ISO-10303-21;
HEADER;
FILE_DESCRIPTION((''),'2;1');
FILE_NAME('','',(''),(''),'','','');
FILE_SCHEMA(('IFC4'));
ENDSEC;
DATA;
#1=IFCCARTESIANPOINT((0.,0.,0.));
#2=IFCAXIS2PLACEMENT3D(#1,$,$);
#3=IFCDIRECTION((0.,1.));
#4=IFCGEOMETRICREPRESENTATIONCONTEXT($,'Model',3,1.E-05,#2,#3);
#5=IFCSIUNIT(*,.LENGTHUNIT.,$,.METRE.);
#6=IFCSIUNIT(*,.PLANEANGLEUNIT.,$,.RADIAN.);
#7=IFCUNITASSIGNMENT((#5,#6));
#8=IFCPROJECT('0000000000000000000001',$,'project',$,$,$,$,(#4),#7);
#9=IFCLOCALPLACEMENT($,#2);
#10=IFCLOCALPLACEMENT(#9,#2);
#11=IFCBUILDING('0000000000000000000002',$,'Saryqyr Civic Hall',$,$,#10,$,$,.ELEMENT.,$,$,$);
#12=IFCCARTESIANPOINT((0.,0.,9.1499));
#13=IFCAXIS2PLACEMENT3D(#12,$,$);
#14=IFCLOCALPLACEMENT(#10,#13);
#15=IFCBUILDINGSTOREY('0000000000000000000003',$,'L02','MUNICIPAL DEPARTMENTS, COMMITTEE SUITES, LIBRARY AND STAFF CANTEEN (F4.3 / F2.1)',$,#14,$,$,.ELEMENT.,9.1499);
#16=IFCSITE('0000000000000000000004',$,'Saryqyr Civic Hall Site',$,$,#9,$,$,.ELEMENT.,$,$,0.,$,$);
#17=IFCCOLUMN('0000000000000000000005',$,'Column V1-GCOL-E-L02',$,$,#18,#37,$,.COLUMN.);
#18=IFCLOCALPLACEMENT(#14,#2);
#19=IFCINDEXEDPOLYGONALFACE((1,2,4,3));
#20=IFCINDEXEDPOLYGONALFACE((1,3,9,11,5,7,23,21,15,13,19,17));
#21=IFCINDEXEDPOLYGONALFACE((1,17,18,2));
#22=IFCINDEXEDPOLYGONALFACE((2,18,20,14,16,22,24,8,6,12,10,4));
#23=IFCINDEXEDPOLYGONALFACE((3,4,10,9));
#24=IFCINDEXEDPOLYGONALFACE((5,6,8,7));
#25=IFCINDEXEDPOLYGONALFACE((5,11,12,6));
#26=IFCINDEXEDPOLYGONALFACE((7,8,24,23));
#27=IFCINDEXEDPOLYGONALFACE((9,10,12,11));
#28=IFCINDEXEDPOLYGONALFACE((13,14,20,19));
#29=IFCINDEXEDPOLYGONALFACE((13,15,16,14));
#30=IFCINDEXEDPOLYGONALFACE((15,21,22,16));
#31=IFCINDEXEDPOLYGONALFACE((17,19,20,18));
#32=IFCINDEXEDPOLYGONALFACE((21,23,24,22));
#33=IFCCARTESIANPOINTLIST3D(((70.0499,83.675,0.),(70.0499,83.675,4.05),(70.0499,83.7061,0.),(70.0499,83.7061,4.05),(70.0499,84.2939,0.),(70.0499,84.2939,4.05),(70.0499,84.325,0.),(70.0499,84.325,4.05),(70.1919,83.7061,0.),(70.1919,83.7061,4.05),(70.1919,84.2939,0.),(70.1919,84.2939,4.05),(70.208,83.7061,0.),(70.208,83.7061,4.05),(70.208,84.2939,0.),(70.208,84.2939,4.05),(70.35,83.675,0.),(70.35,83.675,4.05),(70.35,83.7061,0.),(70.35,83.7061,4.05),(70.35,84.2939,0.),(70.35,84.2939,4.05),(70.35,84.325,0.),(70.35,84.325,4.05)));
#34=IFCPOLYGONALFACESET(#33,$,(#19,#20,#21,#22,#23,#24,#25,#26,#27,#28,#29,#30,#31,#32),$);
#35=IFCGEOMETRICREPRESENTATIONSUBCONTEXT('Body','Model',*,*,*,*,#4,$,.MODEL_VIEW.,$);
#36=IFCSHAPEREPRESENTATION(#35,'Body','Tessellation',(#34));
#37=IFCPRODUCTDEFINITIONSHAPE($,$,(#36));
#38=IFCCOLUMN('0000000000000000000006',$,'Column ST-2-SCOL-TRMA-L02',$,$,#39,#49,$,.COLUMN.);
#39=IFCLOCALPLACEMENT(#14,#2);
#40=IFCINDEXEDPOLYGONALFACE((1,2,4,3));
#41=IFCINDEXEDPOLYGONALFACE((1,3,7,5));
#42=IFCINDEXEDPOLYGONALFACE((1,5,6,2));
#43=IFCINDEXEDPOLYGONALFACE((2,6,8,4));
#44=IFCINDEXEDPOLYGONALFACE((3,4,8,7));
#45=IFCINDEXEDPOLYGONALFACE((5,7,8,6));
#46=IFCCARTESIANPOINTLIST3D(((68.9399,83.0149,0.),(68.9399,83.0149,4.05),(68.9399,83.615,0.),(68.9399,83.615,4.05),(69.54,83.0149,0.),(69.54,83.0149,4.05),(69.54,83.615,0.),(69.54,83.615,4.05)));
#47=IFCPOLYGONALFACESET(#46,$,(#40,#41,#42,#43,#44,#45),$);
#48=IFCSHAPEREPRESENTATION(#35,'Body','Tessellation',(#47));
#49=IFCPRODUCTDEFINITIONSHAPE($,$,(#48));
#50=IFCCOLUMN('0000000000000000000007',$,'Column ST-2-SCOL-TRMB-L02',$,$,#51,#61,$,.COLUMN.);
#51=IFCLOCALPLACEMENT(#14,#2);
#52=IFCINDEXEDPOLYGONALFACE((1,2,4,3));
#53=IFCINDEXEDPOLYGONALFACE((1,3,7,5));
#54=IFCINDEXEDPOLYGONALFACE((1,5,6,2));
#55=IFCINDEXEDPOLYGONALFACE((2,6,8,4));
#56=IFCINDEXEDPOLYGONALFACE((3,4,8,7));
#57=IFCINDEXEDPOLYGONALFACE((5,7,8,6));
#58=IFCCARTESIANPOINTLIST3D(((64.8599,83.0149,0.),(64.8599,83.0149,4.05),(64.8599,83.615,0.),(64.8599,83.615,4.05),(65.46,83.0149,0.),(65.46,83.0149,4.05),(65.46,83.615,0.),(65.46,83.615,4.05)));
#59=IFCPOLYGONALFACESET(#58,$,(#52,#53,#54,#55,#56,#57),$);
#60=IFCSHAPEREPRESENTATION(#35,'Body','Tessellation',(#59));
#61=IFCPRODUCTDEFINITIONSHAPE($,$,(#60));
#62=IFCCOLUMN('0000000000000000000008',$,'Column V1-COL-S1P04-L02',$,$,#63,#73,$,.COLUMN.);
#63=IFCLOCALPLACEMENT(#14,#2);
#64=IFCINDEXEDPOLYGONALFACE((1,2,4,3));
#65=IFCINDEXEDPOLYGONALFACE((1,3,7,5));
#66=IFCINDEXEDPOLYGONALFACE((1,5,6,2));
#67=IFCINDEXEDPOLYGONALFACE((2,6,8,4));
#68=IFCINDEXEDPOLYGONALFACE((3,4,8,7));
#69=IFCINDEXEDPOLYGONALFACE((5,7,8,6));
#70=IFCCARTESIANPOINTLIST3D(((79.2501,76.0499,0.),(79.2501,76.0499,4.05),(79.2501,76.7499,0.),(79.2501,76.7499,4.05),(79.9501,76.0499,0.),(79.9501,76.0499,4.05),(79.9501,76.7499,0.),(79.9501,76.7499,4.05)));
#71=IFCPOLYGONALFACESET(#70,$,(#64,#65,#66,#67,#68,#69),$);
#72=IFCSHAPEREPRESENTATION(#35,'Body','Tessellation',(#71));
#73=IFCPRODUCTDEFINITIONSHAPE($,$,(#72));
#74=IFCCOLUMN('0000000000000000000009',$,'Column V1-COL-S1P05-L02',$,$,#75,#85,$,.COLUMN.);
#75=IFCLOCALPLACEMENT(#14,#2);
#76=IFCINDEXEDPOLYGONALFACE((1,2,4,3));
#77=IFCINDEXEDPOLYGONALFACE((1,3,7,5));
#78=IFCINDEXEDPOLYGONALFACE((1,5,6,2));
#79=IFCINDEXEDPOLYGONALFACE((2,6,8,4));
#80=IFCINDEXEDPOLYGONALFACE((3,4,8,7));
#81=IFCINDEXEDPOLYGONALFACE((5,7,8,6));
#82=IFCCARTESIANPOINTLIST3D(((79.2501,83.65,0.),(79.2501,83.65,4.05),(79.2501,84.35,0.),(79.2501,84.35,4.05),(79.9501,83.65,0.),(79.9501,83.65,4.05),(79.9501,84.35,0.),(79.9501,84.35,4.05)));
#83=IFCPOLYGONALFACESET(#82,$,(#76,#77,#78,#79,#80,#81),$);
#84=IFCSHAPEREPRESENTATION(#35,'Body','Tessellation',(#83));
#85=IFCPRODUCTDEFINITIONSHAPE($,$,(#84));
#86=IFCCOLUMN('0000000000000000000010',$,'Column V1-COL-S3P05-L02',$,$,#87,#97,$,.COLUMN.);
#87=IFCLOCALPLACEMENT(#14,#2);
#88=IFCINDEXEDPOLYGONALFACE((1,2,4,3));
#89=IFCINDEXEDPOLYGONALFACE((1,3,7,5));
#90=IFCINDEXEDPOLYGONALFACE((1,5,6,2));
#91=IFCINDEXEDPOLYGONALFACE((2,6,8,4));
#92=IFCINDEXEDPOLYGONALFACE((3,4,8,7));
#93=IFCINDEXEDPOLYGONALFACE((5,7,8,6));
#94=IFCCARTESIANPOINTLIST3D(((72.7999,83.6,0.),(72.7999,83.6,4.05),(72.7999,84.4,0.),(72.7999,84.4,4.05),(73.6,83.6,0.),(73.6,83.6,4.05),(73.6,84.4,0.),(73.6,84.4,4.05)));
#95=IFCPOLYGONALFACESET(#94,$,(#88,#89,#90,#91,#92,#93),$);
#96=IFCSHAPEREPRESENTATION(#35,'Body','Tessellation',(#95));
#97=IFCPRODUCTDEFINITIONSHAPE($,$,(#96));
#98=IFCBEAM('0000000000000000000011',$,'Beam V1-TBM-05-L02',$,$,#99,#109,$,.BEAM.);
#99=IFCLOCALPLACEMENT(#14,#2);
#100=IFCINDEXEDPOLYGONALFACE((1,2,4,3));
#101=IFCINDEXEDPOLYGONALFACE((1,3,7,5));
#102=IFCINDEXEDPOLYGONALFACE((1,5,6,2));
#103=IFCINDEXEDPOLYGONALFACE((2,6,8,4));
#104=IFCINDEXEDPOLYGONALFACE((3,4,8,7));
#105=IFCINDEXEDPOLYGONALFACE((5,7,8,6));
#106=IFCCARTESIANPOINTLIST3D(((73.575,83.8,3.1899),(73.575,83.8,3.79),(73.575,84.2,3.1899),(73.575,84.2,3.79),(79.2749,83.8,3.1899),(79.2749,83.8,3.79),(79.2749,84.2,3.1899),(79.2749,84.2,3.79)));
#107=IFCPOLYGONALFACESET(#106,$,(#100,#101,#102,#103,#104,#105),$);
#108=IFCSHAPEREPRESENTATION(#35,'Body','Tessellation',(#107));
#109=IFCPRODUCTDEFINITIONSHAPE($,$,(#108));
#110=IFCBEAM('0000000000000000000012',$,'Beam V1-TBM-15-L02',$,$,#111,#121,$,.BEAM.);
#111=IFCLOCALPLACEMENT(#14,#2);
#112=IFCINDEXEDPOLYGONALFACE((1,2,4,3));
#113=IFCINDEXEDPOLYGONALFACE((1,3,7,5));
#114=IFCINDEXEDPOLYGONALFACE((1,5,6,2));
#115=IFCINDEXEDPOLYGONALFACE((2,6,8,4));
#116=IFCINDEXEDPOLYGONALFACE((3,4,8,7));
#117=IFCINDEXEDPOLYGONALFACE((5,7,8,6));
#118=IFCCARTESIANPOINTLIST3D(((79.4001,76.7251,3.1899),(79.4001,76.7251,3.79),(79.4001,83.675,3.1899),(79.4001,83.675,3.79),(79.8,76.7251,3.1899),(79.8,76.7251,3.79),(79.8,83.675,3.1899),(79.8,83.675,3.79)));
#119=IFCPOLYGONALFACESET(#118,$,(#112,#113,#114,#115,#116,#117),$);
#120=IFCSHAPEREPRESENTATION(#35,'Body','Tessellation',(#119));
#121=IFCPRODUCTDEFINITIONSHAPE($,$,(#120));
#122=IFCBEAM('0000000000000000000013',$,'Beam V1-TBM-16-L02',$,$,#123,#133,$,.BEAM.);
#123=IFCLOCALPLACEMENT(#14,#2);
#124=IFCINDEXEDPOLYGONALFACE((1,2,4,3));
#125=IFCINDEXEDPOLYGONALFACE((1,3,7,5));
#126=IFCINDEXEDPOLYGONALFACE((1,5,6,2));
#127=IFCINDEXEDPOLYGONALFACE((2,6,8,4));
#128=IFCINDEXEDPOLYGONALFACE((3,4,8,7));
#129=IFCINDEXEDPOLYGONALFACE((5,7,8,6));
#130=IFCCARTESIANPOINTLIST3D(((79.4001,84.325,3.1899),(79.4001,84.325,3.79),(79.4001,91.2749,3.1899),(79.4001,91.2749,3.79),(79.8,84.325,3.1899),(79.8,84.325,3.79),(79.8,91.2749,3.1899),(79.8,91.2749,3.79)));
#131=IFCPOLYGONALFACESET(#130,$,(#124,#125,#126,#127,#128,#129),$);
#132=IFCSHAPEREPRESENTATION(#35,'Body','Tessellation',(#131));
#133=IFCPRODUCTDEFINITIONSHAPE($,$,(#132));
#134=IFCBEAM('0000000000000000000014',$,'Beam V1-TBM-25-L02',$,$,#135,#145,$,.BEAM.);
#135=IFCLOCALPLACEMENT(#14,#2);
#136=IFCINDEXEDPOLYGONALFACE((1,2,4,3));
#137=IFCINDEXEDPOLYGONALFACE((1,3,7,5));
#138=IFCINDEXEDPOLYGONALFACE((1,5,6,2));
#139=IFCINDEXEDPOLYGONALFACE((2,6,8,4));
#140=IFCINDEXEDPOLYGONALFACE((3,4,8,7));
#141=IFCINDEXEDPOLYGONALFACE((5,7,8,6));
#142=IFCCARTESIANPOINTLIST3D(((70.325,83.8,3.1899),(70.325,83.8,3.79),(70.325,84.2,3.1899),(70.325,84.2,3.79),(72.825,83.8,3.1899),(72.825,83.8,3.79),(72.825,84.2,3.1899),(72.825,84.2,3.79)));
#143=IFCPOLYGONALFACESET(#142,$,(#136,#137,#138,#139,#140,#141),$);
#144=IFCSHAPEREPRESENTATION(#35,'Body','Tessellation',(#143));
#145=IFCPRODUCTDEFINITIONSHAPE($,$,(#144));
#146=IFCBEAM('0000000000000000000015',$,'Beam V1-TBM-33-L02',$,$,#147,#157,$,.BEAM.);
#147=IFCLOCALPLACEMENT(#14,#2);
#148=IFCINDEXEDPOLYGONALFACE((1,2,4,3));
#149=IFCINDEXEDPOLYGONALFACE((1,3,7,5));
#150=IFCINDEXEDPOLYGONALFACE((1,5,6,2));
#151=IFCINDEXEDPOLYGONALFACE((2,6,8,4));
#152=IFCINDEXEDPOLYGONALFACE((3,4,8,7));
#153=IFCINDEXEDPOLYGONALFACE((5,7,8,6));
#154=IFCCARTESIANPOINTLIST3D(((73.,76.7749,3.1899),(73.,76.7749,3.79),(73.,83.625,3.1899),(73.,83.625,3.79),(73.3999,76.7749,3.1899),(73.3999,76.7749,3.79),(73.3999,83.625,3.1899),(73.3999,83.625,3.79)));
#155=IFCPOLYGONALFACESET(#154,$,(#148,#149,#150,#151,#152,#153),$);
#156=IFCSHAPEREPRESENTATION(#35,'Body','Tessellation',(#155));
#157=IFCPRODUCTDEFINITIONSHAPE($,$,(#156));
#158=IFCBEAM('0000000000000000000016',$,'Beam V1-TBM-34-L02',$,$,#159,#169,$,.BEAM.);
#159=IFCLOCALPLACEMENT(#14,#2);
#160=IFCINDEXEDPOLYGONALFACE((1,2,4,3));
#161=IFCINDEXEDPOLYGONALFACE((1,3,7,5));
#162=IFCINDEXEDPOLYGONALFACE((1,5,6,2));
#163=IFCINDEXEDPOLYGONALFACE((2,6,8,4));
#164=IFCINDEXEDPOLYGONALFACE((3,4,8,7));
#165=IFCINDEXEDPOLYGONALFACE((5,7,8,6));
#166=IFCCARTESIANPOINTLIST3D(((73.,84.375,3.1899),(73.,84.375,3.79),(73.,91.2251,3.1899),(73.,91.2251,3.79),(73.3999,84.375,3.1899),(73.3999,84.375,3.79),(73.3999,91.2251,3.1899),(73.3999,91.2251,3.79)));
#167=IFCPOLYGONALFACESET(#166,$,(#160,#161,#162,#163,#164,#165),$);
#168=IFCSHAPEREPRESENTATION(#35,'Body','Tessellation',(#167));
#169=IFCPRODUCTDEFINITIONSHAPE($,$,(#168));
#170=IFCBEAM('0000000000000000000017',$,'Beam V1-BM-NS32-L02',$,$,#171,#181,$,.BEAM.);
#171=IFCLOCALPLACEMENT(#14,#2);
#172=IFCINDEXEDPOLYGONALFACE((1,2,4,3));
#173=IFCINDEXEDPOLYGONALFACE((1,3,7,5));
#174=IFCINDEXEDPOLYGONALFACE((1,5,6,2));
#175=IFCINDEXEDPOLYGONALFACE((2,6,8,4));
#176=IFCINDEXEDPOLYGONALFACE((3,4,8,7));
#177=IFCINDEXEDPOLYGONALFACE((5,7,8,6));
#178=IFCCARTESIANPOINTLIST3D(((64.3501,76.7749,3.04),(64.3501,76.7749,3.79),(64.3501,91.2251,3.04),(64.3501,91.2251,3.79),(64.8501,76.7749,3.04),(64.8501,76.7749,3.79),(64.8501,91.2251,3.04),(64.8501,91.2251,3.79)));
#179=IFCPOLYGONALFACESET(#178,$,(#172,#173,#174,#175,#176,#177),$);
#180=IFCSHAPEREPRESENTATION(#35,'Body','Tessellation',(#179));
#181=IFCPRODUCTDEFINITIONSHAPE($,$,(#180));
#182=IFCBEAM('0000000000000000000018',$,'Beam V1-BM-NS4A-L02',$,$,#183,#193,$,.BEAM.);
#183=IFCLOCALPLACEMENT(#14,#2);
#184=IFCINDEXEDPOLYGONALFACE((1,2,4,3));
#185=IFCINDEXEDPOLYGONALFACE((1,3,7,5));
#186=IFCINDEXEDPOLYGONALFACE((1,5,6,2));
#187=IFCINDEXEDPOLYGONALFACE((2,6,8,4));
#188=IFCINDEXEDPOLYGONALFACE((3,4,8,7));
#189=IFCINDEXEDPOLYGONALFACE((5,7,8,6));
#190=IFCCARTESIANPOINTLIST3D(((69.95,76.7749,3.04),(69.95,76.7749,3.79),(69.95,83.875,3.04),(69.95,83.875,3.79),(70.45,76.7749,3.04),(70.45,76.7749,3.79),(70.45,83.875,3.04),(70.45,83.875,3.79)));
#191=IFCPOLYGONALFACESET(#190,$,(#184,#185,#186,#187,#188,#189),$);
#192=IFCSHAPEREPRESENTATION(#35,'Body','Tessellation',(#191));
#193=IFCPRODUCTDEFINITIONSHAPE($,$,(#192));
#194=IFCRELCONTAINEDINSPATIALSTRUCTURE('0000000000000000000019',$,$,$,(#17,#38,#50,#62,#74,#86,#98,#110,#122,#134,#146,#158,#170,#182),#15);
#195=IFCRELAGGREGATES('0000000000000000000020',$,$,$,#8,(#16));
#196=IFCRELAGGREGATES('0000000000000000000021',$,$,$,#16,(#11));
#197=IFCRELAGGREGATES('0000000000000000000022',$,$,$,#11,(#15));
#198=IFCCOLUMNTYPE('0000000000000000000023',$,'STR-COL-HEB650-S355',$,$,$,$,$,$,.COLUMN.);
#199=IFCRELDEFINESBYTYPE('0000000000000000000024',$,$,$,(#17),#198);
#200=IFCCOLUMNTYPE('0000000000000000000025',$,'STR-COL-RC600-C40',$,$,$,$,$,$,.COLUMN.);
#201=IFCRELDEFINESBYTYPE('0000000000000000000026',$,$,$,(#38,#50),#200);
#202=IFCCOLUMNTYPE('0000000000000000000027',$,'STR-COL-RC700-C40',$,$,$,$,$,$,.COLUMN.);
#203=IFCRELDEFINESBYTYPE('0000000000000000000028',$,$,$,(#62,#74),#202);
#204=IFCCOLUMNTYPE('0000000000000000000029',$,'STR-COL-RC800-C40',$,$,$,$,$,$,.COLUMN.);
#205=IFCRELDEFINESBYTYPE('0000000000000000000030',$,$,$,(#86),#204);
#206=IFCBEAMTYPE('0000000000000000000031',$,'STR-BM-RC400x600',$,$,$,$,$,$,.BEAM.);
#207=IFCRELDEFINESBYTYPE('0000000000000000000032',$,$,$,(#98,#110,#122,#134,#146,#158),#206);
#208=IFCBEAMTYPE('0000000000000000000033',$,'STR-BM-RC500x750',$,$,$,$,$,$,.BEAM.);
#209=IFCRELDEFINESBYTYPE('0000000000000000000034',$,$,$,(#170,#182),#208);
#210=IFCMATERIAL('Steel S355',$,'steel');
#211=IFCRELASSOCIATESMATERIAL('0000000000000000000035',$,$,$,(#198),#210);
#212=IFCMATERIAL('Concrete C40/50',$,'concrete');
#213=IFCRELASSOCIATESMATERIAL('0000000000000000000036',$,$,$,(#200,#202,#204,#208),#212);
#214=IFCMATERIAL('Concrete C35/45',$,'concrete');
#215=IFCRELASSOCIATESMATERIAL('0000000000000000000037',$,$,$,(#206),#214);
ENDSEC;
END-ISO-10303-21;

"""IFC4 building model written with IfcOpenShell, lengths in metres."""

from ifc_helpers import new_model, si_unit, direction, frame, origin, origin_2d, place, context, subcontext, project, spatial, rectangle, i_section, extrude, material, material_profile, profile_set, type_object, element, save


model = new_model("IFC4")

# Units and contexts
model_context = context("Model", 3, precision=1e-05, world=origin(), true_north=direction((0.0, 1.0)))
body_context = subcontext(model_context, "Body", "Model", "MODEL_VIEW")
ifc_project = project(units=[si_unit("LENGTHUNIT", "METRE"), si_unit("PLANEANGLEUNIT", "RADIAN")], contexts=[model_context])

# Site, building, storey
site_placement = place(None, origin())
site = spatial("IfcSite", under=ifc_project, at=site_placement, Name="Saryqyr Civic Hall Site", CompositionType="ELEMENT", RefElevation=0.0)
building_placement = place(site_placement, origin())
building = spatial("IfcBuilding", under=site, at=building_placement, Name="Saryqyr Civic Hall", CompositionType="ELEMENT")
storey_placement = place(building_placement, frame((0.0, 0.0, 9.1499)))
storey = spatial("IfcBuildingStorey", under=building, at=storey_placement, Name="L02", Description="MUNICIPAL DEPARTMENTS, COMMITTEE SUITES, LIBRARY AND STAFF CANTEEN (F4.3 / F2.1)", CompositionType="ELEMENT", Elevation=9.1499)

# Columns
ifc_material_1 = material(Name="Steel S355", Category="steel")
ifc_material_profile_1 = material_profile(ifc_material_1, i_section(OverallWidth=0.3, OverallDepth=0.6499, WebThickness=0.0161, FlangeThickness=0.031, at=origin_2d()), Name="HEB 650")
ifc_profile_set_1 = profile_set([ifc_material_profile_1], Name="Steel S355")
column_type_1 = type_object("IfcColumnType", Name="STR-COL-HEB650-S355", PredefinedType="COLUMN", material=ifc_profile_set_1)
column_1_placement = place(storey_placement, frame((70.2, 84.0, 0.0), z_axis=(0.0, 0.0, 1.0), x_axis=(1.0, 0.0, 0.0)))
element("IfcColumn", 1, at=column_1_placement, inside=storey, type_object=column_type_1, Name="Column V1-GCOL-E-L02", PredefinedType="COLUMN", context=body_context, shape_type="SweptSolid", body=[
    extrude(i_section(OverallWidth=0.3, OverallDepth=0.6499, WebThickness=0.0161, FlangeThickness=0.031, at=origin_2d()), origin(), (0.0, 0.0, 1.0), 4.05),
])
ifc_material_2 = material(Name="Concrete C40/50", Category="concrete")
ifc_material_profile_2 = material_profile(ifc_material_2, rectangle(XDim=0.6001, YDim=0.6001, at=origin_2d()), Name="RC 600x600")
ifc_profile_set_2 = profile_set([ifc_material_profile_2], Name="Concrete C40/50")
column_type_2 = type_object("IfcColumnType", Name="STR-COL-RC600-C40", PredefinedType="COLUMN", material=ifc_profile_set_2)
for number, where, z_axis, x_axis, name in (
    (2, (69.24, 83.3149, 0.0), (0.0, 0.0, 1.0), (1.0, 0.0, 0.0), "Column ST-2-SCOL-TRMA-L02"),
    (3, (65.1599, 83.3149, 0.0), (0.0, 0.0, 1.0), (1.0, 0.0, 0.0), "Column ST-2-SCOL-TRMB-L02"),
):
    element("IfcColumn", number, at=place(storey_placement, frame(where, z_axis=z_axis, x_axis=x_axis)), inside=storey, type_object=column_type_2, Name=name, PredefinedType="COLUMN", context=body_context, shape_type="SweptSolid", body=[
        extrude(rectangle(XDim=0.6001, YDim=0.6001, at=origin_2d()), origin(), (0.0, 0.0, 1.0), 4.05),
    ])
ifc_material_profile_3 = material_profile(ifc_material_2, rectangle(XDim=0.7, YDim=0.7, at=origin_2d()), Name="RC 700x700")
ifc_profile_set_3 = profile_set([ifc_material_profile_3], Name="Concrete C40/50")
column_type_3 = type_object("IfcColumnType", Name="STR-COL-RC700-C40", PredefinedType="COLUMN", material=ifc_profile_set_3)
for number, where, z_axis, x_axis, name in (
    (4, (79.6001, 76.3999, 0.0), (0.0, 0.0, 1.0), (1.0, 0.0, 0.0), "Column V1-COL-S1P04-L02"),
    (5, (79.6001, 84.0, 0.0), (0.0, 0.0, 1.0), (1.0, 0.0, 0.0), "Column V1-COL-S1P05-L02"),
):
    element("IfcColumn", number, at=place(storey_placement, frame(where, z_axis=z_axis, x_axis=x_axis)), inside=storey, type_object=column_type_3, Name=name, PredefinedType="COLUMN", context=body_context, shape_type="SweptSolid", body=[
        extrude(rectangle(XDim=0.7, YDim=0.7, at=origin_2d()), origin(), (0.0, 0.0, 1.0), 4.05),
    ])
ifc_material_profile_4 = material_profile(ifc_material_2, rectangle(XDim=0.8, YDim=0.8, at=origin_2d()), Name="RC 800x800")
ifc_profile_set_4 = profile_set([ifc_material_profile_4], Name="Concrete C40/50")
column_type_4 = type_object("IfcColumnType", Name="STR-COL-RC800-C40", PredefinedType="COLUMN", material=ifc_profile_set_4)
column_2_placement = place(storey_placement, frame((73.2, 84.0, 0.0), z_axis=(0.0, 0.0, 1.0), x_axis=(1.0, 0.0, 0.0)))
element("IfcColumn", 6, at=column_2_placement, inside=storey, type_object=column_type_4, Name="Column V1-COL-S3P05-L02", PredefinedType="COLUMN", context=body_context, shape_type="SweptSolid", body=[
    extrude(rectangle(XDim=0.8, YDim=0.8, at=origin_2d()), origin(), (0.0, 0.0, 1.0), 4.05),
])

# Beams
ifc_material_3 = material(Name="Concrete C35/45", Category="concrete")
ifc_material_profile_5 = material_profile(ifc_material_3, rectangle(XDim=0.3999, YDim=0.6001, at=origin_2d()), Name="RC 400x600")
ifc_profile_set_5 = profile_set([ifc_material_profile_5], Name="Concrete C35/45")
beam_type_1 = type_object("IfcBeamType", Name="STR-BM-RC400x600", PredefinedType="BEAM", material=ifc_profile_set_5)
beam_1_placement = place(storey_placement, frame((73.575, 84.0, 3.49), z_axis=(1.0, 0.0, 0.0), x_axis=(0.0, 1.0, 0.0)))
element("IfcBeam", 7, at=beam_1_placement, inside=storey, type_object=beam_type_1, Name="Beam V1-TBM-05-L02", PredefinedType="BEAM", context=body_context, shape_type="SweptSolid", body=[
    extrude(rectangle(XDim=0.3999, YDim=0.6001, at=origin_2d()), origin(), (0.0, 0.0, 1.0), 5.7),
])
for number, where, z_axis, x_axis, name in (
    (8, (79.6001, 76.7251, 3.49), (0.0, 1.0, 0.0), (-1.0, 0.0, 0.0), "Beam V1-TBM-15-L02"),
    (9, (79.6001, 84.325, 3.49), (0.0, 1.0, 0.0), (-1.0, 0.0, 0.0), "Beam V1-TBM-16-L02"),
):
    element("IfcBeam", number, at=place(storey_placement, frame(where, z_axis=z_axis, x_axis=x_axis)), inside=storey, type_object=beam_type_1, Name=name, PredefinedType="BEAM", context=body_context, shape_type="SweptSolid", body=[
        extrude(rectangle(XDim=0.3999, YDim=0.6001, at=origin_2d()), origin(), (0.0, 0.0, 1.0), 6.95),
    ])
beam_2_placement = place(storey_placement, frame((70.325, 84.0, 3.49), z_axis=(1.0, 0.0, 0.0), x_axis=(0.0, 1.0, 0.0)))
element("IfcBeam", 10, at=beam_2_placement, inside=storey, type_object=beam_type_1, Name="Beam V1-TBM-25-L02", PredefinedType="BEAM", context=body_context, shape_type="SweptSolid", body=[
    extrude(rectangle(XDim=0.3999, YDim=0.6001, at=origin_2d()), origin(), (0.0, 0.0, 1.0), 2.5),
])
for number, where, z_axis, x_axis, name in (
    (11, (73.2, 76.7749, 3.49), (0.0, 1.0, 0.0), (-1.0, 0.0, 0.0), "Beam V1-TBM-33-L02"),
    (12, (73.2, 84.375, 3.49), (0.0, 1.0, 0.0), (-1.0, 0.0, 0.0), "Beam V1-TBM-34-L02"),
):
    element("IfcBeam", number, at=place(storey_placement, frame(where, z_axis=z_axis, x_axis=x_axis)), inside=storey, type_object=beam_type_1, Name=name, PredefinedType="BEAM", context=body_context, shape_type="SweptSolid", body=[
        extrude(rectangle(XDim=0.3999, YDim=0.6001, at=origin_2d()), origin(), (0.0, 0.0, 1.0), 6.8501),
    ])
ifc_material_profile_6 = material_profile(ifc_material_2, rectangle(XDim=0.5, YDim=0.75, at=origin_2d()), Name="RC 500x750")
ifc_profile_set_6 = profile_set([ifc_material_profile_6], Name="Concrete C40/50")
beam_type_2 = type_object("IfcBeamType", Name="STR-BM-RC500x750", PredefinedType="BEAM", material=ifc_profile_set_6)
beam_3_placement = place(storey_placement, frame((64.6001, 76.7749, 3.415), z_axis=(0.0, 1.0, 0.0), x_axis=(-1.0, 0.0, 0.0)))
element("IfcBeam", 13, at=beam_3_placement, inside=storey, type_object=beam_type_2, Name="Beam V1-BM-NS32-L02", PredefinedType="BEAM", context=body_context, shape_type="SweptSolid", body=[
    extrude(rectangle(XDim=0.5, YDim=0.75, at=origin_2d()), origin(), (0.0, 0.0, 1.0), 14.4502),
])
for number, where, z_axis, x_axis, name in (
    (14, (70.2, 76.7749, 3.415), (0.0, 1.0, 0.0), (-1.0, 0.0, 0.0), "Beam V1-BM-NS4A-L02"),
):
    element("IfcBeam", number, at=place(storey_placement, frame(where, z_axis=z_axis, x_axis=x_axis)), inside=storey, type_object=beam_type_2, Name=name, PredefinedType="BEAM", context=body_context, shape_type="SweptSolid", body=[
        extrude(rectangle(XDim=0.5, YDim=0.75, at=origin_2d()), origin(), (0.0, 0.0, 1.0), 7.1001),
    ])

save(model, "model.ifc")
